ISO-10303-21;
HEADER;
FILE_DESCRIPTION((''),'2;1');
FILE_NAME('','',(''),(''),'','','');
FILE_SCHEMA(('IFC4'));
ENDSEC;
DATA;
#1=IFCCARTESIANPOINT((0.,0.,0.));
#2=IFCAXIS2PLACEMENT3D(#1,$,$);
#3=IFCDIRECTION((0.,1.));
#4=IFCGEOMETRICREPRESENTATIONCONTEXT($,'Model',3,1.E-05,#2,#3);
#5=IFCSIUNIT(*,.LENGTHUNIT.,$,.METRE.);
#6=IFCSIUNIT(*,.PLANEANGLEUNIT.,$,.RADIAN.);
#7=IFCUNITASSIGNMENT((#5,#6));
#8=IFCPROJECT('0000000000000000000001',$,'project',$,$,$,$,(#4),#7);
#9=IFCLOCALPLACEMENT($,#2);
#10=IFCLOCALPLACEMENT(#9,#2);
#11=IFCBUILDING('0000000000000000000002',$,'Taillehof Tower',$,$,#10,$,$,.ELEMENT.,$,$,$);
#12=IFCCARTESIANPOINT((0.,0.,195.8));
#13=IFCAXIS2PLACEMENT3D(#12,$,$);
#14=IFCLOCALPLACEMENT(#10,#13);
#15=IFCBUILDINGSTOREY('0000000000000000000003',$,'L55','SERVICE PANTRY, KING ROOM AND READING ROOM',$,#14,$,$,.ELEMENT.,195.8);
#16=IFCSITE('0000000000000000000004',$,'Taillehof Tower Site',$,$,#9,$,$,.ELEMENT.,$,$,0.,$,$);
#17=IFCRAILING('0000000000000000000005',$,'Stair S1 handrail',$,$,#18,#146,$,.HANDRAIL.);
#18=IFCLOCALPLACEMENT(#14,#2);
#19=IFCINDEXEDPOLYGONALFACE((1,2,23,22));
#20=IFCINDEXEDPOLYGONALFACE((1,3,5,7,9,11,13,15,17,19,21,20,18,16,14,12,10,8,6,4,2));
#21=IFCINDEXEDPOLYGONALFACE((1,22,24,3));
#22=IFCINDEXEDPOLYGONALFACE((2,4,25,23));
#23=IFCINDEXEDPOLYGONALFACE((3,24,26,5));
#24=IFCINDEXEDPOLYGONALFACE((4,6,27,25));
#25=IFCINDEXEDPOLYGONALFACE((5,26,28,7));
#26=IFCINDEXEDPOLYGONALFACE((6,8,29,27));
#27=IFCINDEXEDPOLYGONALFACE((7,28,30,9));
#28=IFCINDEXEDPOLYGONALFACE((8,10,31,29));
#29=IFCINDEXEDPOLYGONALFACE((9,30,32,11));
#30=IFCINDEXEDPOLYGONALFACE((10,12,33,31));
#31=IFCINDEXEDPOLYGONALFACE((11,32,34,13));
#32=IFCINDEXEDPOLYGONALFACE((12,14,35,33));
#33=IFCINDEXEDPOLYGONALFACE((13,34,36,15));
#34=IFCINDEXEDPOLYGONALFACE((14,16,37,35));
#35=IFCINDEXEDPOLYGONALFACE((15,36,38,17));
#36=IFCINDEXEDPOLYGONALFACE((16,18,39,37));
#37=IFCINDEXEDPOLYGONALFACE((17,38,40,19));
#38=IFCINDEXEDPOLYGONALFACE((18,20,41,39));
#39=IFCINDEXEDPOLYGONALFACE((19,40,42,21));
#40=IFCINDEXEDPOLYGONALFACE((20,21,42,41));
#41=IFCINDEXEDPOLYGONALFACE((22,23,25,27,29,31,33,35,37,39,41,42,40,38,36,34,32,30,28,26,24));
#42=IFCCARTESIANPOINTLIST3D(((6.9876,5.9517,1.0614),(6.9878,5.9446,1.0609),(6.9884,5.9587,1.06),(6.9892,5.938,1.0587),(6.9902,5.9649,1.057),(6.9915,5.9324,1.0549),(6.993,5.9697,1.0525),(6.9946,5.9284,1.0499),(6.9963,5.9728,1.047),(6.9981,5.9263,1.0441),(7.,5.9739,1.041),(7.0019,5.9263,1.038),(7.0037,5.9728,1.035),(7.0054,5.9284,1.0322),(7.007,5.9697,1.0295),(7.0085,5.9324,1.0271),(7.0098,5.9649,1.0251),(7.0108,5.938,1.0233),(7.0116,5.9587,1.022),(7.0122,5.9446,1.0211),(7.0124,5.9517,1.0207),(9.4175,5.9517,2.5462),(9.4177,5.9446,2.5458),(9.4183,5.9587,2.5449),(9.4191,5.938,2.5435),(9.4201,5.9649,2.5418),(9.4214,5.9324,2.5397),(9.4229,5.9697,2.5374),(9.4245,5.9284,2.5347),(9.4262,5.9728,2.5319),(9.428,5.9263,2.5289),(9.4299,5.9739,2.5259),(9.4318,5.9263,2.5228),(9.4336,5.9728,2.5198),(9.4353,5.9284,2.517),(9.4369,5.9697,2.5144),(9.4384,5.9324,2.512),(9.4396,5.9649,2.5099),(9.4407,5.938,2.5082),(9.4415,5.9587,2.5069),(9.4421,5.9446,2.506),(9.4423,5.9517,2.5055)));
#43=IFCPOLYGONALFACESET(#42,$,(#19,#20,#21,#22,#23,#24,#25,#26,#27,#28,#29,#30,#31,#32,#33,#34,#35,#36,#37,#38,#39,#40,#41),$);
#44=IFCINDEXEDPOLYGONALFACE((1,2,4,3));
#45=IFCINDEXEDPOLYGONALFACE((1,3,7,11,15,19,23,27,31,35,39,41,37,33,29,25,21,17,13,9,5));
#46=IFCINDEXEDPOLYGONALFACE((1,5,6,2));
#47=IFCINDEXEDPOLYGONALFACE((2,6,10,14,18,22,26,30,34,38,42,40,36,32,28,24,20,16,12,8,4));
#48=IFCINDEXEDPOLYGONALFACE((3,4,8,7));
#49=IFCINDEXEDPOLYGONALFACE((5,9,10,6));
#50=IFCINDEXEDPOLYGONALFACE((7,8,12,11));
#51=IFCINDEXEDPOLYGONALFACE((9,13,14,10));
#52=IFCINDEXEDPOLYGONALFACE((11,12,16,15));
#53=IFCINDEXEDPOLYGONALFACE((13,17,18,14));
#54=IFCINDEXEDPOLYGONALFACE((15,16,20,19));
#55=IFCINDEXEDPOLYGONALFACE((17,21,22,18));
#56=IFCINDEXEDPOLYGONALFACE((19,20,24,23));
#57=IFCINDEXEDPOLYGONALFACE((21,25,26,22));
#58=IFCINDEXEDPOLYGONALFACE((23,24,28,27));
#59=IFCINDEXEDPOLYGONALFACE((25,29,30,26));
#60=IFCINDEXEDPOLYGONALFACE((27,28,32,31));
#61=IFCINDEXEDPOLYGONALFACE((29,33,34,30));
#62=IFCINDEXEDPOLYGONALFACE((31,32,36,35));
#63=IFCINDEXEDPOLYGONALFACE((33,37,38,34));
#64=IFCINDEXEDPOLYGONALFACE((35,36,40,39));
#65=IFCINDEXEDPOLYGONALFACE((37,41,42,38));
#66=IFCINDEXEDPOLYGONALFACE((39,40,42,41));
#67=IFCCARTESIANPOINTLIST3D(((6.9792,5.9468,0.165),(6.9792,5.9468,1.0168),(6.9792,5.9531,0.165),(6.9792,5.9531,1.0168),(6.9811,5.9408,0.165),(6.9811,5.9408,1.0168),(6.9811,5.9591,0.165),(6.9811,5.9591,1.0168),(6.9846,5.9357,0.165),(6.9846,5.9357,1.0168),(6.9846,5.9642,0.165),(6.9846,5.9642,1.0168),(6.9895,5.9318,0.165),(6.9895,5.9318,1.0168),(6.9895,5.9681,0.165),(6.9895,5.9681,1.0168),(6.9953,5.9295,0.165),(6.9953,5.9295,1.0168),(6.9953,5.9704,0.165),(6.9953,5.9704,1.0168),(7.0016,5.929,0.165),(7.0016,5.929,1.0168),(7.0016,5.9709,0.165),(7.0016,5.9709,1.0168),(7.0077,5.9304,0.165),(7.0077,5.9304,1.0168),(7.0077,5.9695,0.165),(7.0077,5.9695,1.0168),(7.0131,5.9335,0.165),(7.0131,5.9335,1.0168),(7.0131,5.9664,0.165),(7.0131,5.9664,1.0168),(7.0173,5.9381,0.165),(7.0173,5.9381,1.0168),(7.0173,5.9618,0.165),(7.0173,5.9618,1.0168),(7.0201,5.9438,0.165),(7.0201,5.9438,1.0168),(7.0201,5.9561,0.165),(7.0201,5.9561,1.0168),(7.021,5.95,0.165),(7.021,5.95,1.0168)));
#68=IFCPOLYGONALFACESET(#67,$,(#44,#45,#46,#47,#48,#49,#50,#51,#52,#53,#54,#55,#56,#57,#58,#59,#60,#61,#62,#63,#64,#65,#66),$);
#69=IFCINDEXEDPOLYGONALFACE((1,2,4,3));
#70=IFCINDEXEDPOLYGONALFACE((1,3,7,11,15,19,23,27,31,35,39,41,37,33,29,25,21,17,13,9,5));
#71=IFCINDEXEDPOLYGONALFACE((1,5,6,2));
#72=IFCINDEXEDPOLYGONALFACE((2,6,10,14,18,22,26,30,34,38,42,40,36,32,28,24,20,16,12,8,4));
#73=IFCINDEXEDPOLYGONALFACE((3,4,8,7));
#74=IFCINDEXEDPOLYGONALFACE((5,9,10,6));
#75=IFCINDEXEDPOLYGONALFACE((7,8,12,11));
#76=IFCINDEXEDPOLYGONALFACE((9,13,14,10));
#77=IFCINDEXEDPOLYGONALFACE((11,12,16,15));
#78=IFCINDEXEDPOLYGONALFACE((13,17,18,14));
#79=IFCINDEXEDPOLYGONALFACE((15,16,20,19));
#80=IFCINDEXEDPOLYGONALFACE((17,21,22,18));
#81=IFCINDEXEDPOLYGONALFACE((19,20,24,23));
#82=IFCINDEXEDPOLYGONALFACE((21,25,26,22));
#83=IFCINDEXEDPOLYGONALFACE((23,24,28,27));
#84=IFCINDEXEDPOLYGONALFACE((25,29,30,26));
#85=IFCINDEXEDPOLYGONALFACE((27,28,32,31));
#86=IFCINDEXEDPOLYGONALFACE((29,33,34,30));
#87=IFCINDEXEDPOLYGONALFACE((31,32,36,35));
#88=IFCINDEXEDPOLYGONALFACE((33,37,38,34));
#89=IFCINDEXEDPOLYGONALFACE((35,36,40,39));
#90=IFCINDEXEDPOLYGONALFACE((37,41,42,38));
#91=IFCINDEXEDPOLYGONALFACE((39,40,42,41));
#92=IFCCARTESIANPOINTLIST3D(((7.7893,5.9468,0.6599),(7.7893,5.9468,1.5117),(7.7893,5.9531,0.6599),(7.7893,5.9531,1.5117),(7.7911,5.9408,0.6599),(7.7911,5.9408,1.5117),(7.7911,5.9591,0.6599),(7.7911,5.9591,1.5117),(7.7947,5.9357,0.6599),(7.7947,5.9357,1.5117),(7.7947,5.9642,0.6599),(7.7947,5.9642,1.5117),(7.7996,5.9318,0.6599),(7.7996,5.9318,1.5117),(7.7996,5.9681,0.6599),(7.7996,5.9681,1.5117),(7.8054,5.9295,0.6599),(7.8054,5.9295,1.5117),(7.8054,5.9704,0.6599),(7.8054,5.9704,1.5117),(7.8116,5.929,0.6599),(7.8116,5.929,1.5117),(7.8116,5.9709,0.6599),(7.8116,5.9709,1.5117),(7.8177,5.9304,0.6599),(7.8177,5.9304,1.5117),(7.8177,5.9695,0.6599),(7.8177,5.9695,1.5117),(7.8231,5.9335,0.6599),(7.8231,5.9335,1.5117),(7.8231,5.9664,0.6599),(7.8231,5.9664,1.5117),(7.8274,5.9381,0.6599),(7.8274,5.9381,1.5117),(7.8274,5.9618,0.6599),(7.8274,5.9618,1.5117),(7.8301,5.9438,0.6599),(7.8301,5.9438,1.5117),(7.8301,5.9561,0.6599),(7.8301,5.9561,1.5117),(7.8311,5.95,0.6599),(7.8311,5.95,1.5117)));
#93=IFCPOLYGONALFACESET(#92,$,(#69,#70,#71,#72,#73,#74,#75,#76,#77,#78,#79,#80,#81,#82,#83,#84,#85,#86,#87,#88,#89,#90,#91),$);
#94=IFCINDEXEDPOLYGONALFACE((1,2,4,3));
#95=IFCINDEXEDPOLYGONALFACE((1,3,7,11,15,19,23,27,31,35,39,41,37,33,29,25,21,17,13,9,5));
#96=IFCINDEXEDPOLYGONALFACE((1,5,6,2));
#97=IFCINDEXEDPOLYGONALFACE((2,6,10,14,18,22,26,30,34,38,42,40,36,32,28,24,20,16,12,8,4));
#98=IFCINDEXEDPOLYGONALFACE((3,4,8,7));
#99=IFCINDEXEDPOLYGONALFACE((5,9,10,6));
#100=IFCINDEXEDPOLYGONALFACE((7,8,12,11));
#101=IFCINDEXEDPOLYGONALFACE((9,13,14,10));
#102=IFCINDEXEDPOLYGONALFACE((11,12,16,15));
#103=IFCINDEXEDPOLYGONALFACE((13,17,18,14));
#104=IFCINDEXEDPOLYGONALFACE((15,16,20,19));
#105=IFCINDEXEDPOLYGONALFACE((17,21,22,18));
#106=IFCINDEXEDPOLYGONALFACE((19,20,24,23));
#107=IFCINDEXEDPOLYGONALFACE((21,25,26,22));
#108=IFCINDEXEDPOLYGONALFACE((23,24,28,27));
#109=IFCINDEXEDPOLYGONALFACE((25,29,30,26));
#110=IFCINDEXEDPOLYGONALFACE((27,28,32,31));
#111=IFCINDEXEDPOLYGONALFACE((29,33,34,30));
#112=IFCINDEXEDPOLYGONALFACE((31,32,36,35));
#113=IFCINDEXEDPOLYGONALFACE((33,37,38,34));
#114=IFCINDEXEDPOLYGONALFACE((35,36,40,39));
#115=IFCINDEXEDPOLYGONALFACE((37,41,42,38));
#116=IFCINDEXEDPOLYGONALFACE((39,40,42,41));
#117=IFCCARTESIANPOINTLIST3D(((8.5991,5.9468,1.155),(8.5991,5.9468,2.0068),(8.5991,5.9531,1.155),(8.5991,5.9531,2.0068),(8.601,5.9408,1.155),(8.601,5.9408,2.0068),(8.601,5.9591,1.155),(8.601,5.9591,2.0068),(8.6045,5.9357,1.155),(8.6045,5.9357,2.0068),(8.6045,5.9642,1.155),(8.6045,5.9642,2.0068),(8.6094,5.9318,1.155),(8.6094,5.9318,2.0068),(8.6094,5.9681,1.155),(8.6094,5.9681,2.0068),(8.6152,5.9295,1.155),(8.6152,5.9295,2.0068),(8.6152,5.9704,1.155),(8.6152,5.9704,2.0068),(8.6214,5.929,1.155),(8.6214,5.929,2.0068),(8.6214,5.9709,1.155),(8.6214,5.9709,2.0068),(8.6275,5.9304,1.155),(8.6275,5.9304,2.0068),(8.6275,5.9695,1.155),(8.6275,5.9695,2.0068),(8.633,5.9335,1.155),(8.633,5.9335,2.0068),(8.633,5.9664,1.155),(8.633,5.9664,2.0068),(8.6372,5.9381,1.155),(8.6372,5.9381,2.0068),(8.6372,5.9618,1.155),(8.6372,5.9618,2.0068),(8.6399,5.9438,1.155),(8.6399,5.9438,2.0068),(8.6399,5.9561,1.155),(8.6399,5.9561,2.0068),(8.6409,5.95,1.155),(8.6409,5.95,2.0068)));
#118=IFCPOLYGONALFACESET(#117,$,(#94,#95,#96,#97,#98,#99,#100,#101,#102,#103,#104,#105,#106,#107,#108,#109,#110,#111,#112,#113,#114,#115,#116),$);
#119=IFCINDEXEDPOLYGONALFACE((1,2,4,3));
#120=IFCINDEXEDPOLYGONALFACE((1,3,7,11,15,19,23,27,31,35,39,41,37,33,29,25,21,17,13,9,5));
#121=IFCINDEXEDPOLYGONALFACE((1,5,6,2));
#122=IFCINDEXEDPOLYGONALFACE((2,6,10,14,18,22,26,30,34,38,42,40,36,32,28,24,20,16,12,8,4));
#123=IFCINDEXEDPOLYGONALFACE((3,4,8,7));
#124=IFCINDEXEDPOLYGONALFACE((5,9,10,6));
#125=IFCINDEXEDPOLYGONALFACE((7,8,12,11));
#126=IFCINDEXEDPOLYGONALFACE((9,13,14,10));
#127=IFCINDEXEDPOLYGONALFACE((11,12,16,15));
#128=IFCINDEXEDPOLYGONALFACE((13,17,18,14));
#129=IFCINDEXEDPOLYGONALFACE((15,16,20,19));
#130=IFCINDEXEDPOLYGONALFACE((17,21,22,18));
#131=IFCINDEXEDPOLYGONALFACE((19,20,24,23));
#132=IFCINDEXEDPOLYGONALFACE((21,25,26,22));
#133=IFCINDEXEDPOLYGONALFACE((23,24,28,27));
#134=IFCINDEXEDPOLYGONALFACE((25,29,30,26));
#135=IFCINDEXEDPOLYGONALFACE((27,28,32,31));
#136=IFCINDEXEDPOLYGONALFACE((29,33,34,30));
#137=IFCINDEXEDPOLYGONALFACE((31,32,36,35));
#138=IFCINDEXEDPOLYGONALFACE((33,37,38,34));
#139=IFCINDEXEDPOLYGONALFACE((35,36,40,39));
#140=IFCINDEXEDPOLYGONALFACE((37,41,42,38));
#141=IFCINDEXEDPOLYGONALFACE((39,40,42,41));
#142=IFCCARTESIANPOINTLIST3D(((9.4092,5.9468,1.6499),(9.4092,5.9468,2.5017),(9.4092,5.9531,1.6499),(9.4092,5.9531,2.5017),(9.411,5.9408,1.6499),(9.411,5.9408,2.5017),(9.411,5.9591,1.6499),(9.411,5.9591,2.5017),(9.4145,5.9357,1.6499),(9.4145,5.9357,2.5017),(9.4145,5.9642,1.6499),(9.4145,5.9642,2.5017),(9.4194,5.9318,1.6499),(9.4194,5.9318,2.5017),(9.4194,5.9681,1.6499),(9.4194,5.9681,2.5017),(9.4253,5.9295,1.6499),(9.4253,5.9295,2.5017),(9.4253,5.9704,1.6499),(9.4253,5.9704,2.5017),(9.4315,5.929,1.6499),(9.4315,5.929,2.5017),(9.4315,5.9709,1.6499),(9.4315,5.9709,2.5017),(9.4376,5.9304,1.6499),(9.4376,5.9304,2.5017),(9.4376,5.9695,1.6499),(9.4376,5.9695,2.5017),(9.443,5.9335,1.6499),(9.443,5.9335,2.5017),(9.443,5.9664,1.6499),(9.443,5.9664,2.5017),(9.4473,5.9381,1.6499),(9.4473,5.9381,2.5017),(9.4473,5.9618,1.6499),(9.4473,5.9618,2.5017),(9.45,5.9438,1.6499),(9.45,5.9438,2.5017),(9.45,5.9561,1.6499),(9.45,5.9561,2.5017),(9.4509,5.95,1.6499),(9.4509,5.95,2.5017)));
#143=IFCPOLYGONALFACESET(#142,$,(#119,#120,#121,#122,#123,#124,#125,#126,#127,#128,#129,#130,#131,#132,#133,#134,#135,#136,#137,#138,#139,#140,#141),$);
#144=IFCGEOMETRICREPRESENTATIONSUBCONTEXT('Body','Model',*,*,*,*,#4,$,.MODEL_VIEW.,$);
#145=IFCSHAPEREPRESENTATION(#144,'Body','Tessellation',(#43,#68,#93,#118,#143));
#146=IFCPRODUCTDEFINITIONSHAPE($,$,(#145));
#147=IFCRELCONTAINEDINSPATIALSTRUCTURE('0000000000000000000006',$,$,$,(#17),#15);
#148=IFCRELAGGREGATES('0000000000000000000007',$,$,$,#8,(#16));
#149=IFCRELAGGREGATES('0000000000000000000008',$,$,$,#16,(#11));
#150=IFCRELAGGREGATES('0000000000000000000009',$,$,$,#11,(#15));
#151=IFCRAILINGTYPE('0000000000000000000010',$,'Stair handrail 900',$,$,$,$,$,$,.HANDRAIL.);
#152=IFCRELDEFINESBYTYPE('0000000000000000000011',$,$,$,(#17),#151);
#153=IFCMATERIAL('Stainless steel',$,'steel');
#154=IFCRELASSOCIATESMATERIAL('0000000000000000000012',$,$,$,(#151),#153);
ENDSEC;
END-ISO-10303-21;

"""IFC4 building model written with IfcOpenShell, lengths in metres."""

from ifc_helpers import new_model, si_unit, direction, frame, origin, origin_2d, place, context, subcontext, project, spatial, circle, extrude, material, type_object, element, save


model = new_model("IFC4")

# Units and contexts
model_context = context("Model", 3, precision=1e-05, world=origin(), true_north=direction((0.0, 1.0)))
body_context = subcontext(model_context, "Body", "Model", "MODEL_VIEW")
ifc_project = project(units=[si_unit("LENGTHUNIT", "METRE"), si_unit("PLANEANGLEUNIT", "RADIAN")], contexts=[model_context])

# Site, building, storey
site_placement = place(None, origin())
site = spatial("IfcSite", under=ifc_project, at=site_placement, Name="Taillehof Tower Site", CompositionType="ELEMENT", RefElevation=0.0)
building_placement = place(site_placement, origin())
building = spatial("IfcBuilding", under=site, at=building_placement, Name="Taillehof Tower", CompositionType="ELEMENT")
storey_placement = place(building_placement, frame((0.0, 0.0, 195.8)))
storey = spatial("IfcBuildingStorey", under=building, at=storey_placement, Name="L55", Description="SERVICE PANTRY, KING ROOM AND READING ROOM", CompositionType="ELEMENT", Elevation=195.8)

# Railing
ifc_material_1 = material(Name="Stainless steel", Category="steel")
railing_type = type_object("IfcRailingType", Name="Stair handrail 900", PredefinedType="HANDRAIL", material=ifc_material_1)
railing_1_placement = place(storey_placement, frame((7.0, 5.95, 0.165)))
element("IfcRailing", 1, at=railing_1_placement, inside=storey, type_object=railing_type, Name="Stair S1 handrail", PredefinedType="HANDRAIL", context=body_context, shape_type="SweptSolid", body=[
    extrude(circle(Radius=0.0239, at=origin_2d()), frame((0.0, 0.0, 0.876), z_axis=(0.853297, 0.0, 0.521426), x_axis=(0.0, 1.0, 0.0)), (0.0, 0.0, 1.0), 2.8477),
    extrude(circle(Radius=0.021, at=origin_2d()), origin(), (0.0, 0.0, 1.0), 0.8518),
    extrude(circle(Radius=0.021, at=origin_2d()), frame((0.8101, 0.0, 0.4949)), (0.0, 0.0, 1.0), 0.8518),
    extrude(circle(Radius=0.021, at=origin_2d()), frame((1.6199, 0.0, 0.99)), (0.0, 0.0, 1.0), 0.8518),
    extrude(circle(Radius=0.021, at=origin_2d()), frame((2.4299, 0.0, 1.4849)), (0.0, 0.0, 1.0), 0.8518),
])

save(model, "model.ifc")
